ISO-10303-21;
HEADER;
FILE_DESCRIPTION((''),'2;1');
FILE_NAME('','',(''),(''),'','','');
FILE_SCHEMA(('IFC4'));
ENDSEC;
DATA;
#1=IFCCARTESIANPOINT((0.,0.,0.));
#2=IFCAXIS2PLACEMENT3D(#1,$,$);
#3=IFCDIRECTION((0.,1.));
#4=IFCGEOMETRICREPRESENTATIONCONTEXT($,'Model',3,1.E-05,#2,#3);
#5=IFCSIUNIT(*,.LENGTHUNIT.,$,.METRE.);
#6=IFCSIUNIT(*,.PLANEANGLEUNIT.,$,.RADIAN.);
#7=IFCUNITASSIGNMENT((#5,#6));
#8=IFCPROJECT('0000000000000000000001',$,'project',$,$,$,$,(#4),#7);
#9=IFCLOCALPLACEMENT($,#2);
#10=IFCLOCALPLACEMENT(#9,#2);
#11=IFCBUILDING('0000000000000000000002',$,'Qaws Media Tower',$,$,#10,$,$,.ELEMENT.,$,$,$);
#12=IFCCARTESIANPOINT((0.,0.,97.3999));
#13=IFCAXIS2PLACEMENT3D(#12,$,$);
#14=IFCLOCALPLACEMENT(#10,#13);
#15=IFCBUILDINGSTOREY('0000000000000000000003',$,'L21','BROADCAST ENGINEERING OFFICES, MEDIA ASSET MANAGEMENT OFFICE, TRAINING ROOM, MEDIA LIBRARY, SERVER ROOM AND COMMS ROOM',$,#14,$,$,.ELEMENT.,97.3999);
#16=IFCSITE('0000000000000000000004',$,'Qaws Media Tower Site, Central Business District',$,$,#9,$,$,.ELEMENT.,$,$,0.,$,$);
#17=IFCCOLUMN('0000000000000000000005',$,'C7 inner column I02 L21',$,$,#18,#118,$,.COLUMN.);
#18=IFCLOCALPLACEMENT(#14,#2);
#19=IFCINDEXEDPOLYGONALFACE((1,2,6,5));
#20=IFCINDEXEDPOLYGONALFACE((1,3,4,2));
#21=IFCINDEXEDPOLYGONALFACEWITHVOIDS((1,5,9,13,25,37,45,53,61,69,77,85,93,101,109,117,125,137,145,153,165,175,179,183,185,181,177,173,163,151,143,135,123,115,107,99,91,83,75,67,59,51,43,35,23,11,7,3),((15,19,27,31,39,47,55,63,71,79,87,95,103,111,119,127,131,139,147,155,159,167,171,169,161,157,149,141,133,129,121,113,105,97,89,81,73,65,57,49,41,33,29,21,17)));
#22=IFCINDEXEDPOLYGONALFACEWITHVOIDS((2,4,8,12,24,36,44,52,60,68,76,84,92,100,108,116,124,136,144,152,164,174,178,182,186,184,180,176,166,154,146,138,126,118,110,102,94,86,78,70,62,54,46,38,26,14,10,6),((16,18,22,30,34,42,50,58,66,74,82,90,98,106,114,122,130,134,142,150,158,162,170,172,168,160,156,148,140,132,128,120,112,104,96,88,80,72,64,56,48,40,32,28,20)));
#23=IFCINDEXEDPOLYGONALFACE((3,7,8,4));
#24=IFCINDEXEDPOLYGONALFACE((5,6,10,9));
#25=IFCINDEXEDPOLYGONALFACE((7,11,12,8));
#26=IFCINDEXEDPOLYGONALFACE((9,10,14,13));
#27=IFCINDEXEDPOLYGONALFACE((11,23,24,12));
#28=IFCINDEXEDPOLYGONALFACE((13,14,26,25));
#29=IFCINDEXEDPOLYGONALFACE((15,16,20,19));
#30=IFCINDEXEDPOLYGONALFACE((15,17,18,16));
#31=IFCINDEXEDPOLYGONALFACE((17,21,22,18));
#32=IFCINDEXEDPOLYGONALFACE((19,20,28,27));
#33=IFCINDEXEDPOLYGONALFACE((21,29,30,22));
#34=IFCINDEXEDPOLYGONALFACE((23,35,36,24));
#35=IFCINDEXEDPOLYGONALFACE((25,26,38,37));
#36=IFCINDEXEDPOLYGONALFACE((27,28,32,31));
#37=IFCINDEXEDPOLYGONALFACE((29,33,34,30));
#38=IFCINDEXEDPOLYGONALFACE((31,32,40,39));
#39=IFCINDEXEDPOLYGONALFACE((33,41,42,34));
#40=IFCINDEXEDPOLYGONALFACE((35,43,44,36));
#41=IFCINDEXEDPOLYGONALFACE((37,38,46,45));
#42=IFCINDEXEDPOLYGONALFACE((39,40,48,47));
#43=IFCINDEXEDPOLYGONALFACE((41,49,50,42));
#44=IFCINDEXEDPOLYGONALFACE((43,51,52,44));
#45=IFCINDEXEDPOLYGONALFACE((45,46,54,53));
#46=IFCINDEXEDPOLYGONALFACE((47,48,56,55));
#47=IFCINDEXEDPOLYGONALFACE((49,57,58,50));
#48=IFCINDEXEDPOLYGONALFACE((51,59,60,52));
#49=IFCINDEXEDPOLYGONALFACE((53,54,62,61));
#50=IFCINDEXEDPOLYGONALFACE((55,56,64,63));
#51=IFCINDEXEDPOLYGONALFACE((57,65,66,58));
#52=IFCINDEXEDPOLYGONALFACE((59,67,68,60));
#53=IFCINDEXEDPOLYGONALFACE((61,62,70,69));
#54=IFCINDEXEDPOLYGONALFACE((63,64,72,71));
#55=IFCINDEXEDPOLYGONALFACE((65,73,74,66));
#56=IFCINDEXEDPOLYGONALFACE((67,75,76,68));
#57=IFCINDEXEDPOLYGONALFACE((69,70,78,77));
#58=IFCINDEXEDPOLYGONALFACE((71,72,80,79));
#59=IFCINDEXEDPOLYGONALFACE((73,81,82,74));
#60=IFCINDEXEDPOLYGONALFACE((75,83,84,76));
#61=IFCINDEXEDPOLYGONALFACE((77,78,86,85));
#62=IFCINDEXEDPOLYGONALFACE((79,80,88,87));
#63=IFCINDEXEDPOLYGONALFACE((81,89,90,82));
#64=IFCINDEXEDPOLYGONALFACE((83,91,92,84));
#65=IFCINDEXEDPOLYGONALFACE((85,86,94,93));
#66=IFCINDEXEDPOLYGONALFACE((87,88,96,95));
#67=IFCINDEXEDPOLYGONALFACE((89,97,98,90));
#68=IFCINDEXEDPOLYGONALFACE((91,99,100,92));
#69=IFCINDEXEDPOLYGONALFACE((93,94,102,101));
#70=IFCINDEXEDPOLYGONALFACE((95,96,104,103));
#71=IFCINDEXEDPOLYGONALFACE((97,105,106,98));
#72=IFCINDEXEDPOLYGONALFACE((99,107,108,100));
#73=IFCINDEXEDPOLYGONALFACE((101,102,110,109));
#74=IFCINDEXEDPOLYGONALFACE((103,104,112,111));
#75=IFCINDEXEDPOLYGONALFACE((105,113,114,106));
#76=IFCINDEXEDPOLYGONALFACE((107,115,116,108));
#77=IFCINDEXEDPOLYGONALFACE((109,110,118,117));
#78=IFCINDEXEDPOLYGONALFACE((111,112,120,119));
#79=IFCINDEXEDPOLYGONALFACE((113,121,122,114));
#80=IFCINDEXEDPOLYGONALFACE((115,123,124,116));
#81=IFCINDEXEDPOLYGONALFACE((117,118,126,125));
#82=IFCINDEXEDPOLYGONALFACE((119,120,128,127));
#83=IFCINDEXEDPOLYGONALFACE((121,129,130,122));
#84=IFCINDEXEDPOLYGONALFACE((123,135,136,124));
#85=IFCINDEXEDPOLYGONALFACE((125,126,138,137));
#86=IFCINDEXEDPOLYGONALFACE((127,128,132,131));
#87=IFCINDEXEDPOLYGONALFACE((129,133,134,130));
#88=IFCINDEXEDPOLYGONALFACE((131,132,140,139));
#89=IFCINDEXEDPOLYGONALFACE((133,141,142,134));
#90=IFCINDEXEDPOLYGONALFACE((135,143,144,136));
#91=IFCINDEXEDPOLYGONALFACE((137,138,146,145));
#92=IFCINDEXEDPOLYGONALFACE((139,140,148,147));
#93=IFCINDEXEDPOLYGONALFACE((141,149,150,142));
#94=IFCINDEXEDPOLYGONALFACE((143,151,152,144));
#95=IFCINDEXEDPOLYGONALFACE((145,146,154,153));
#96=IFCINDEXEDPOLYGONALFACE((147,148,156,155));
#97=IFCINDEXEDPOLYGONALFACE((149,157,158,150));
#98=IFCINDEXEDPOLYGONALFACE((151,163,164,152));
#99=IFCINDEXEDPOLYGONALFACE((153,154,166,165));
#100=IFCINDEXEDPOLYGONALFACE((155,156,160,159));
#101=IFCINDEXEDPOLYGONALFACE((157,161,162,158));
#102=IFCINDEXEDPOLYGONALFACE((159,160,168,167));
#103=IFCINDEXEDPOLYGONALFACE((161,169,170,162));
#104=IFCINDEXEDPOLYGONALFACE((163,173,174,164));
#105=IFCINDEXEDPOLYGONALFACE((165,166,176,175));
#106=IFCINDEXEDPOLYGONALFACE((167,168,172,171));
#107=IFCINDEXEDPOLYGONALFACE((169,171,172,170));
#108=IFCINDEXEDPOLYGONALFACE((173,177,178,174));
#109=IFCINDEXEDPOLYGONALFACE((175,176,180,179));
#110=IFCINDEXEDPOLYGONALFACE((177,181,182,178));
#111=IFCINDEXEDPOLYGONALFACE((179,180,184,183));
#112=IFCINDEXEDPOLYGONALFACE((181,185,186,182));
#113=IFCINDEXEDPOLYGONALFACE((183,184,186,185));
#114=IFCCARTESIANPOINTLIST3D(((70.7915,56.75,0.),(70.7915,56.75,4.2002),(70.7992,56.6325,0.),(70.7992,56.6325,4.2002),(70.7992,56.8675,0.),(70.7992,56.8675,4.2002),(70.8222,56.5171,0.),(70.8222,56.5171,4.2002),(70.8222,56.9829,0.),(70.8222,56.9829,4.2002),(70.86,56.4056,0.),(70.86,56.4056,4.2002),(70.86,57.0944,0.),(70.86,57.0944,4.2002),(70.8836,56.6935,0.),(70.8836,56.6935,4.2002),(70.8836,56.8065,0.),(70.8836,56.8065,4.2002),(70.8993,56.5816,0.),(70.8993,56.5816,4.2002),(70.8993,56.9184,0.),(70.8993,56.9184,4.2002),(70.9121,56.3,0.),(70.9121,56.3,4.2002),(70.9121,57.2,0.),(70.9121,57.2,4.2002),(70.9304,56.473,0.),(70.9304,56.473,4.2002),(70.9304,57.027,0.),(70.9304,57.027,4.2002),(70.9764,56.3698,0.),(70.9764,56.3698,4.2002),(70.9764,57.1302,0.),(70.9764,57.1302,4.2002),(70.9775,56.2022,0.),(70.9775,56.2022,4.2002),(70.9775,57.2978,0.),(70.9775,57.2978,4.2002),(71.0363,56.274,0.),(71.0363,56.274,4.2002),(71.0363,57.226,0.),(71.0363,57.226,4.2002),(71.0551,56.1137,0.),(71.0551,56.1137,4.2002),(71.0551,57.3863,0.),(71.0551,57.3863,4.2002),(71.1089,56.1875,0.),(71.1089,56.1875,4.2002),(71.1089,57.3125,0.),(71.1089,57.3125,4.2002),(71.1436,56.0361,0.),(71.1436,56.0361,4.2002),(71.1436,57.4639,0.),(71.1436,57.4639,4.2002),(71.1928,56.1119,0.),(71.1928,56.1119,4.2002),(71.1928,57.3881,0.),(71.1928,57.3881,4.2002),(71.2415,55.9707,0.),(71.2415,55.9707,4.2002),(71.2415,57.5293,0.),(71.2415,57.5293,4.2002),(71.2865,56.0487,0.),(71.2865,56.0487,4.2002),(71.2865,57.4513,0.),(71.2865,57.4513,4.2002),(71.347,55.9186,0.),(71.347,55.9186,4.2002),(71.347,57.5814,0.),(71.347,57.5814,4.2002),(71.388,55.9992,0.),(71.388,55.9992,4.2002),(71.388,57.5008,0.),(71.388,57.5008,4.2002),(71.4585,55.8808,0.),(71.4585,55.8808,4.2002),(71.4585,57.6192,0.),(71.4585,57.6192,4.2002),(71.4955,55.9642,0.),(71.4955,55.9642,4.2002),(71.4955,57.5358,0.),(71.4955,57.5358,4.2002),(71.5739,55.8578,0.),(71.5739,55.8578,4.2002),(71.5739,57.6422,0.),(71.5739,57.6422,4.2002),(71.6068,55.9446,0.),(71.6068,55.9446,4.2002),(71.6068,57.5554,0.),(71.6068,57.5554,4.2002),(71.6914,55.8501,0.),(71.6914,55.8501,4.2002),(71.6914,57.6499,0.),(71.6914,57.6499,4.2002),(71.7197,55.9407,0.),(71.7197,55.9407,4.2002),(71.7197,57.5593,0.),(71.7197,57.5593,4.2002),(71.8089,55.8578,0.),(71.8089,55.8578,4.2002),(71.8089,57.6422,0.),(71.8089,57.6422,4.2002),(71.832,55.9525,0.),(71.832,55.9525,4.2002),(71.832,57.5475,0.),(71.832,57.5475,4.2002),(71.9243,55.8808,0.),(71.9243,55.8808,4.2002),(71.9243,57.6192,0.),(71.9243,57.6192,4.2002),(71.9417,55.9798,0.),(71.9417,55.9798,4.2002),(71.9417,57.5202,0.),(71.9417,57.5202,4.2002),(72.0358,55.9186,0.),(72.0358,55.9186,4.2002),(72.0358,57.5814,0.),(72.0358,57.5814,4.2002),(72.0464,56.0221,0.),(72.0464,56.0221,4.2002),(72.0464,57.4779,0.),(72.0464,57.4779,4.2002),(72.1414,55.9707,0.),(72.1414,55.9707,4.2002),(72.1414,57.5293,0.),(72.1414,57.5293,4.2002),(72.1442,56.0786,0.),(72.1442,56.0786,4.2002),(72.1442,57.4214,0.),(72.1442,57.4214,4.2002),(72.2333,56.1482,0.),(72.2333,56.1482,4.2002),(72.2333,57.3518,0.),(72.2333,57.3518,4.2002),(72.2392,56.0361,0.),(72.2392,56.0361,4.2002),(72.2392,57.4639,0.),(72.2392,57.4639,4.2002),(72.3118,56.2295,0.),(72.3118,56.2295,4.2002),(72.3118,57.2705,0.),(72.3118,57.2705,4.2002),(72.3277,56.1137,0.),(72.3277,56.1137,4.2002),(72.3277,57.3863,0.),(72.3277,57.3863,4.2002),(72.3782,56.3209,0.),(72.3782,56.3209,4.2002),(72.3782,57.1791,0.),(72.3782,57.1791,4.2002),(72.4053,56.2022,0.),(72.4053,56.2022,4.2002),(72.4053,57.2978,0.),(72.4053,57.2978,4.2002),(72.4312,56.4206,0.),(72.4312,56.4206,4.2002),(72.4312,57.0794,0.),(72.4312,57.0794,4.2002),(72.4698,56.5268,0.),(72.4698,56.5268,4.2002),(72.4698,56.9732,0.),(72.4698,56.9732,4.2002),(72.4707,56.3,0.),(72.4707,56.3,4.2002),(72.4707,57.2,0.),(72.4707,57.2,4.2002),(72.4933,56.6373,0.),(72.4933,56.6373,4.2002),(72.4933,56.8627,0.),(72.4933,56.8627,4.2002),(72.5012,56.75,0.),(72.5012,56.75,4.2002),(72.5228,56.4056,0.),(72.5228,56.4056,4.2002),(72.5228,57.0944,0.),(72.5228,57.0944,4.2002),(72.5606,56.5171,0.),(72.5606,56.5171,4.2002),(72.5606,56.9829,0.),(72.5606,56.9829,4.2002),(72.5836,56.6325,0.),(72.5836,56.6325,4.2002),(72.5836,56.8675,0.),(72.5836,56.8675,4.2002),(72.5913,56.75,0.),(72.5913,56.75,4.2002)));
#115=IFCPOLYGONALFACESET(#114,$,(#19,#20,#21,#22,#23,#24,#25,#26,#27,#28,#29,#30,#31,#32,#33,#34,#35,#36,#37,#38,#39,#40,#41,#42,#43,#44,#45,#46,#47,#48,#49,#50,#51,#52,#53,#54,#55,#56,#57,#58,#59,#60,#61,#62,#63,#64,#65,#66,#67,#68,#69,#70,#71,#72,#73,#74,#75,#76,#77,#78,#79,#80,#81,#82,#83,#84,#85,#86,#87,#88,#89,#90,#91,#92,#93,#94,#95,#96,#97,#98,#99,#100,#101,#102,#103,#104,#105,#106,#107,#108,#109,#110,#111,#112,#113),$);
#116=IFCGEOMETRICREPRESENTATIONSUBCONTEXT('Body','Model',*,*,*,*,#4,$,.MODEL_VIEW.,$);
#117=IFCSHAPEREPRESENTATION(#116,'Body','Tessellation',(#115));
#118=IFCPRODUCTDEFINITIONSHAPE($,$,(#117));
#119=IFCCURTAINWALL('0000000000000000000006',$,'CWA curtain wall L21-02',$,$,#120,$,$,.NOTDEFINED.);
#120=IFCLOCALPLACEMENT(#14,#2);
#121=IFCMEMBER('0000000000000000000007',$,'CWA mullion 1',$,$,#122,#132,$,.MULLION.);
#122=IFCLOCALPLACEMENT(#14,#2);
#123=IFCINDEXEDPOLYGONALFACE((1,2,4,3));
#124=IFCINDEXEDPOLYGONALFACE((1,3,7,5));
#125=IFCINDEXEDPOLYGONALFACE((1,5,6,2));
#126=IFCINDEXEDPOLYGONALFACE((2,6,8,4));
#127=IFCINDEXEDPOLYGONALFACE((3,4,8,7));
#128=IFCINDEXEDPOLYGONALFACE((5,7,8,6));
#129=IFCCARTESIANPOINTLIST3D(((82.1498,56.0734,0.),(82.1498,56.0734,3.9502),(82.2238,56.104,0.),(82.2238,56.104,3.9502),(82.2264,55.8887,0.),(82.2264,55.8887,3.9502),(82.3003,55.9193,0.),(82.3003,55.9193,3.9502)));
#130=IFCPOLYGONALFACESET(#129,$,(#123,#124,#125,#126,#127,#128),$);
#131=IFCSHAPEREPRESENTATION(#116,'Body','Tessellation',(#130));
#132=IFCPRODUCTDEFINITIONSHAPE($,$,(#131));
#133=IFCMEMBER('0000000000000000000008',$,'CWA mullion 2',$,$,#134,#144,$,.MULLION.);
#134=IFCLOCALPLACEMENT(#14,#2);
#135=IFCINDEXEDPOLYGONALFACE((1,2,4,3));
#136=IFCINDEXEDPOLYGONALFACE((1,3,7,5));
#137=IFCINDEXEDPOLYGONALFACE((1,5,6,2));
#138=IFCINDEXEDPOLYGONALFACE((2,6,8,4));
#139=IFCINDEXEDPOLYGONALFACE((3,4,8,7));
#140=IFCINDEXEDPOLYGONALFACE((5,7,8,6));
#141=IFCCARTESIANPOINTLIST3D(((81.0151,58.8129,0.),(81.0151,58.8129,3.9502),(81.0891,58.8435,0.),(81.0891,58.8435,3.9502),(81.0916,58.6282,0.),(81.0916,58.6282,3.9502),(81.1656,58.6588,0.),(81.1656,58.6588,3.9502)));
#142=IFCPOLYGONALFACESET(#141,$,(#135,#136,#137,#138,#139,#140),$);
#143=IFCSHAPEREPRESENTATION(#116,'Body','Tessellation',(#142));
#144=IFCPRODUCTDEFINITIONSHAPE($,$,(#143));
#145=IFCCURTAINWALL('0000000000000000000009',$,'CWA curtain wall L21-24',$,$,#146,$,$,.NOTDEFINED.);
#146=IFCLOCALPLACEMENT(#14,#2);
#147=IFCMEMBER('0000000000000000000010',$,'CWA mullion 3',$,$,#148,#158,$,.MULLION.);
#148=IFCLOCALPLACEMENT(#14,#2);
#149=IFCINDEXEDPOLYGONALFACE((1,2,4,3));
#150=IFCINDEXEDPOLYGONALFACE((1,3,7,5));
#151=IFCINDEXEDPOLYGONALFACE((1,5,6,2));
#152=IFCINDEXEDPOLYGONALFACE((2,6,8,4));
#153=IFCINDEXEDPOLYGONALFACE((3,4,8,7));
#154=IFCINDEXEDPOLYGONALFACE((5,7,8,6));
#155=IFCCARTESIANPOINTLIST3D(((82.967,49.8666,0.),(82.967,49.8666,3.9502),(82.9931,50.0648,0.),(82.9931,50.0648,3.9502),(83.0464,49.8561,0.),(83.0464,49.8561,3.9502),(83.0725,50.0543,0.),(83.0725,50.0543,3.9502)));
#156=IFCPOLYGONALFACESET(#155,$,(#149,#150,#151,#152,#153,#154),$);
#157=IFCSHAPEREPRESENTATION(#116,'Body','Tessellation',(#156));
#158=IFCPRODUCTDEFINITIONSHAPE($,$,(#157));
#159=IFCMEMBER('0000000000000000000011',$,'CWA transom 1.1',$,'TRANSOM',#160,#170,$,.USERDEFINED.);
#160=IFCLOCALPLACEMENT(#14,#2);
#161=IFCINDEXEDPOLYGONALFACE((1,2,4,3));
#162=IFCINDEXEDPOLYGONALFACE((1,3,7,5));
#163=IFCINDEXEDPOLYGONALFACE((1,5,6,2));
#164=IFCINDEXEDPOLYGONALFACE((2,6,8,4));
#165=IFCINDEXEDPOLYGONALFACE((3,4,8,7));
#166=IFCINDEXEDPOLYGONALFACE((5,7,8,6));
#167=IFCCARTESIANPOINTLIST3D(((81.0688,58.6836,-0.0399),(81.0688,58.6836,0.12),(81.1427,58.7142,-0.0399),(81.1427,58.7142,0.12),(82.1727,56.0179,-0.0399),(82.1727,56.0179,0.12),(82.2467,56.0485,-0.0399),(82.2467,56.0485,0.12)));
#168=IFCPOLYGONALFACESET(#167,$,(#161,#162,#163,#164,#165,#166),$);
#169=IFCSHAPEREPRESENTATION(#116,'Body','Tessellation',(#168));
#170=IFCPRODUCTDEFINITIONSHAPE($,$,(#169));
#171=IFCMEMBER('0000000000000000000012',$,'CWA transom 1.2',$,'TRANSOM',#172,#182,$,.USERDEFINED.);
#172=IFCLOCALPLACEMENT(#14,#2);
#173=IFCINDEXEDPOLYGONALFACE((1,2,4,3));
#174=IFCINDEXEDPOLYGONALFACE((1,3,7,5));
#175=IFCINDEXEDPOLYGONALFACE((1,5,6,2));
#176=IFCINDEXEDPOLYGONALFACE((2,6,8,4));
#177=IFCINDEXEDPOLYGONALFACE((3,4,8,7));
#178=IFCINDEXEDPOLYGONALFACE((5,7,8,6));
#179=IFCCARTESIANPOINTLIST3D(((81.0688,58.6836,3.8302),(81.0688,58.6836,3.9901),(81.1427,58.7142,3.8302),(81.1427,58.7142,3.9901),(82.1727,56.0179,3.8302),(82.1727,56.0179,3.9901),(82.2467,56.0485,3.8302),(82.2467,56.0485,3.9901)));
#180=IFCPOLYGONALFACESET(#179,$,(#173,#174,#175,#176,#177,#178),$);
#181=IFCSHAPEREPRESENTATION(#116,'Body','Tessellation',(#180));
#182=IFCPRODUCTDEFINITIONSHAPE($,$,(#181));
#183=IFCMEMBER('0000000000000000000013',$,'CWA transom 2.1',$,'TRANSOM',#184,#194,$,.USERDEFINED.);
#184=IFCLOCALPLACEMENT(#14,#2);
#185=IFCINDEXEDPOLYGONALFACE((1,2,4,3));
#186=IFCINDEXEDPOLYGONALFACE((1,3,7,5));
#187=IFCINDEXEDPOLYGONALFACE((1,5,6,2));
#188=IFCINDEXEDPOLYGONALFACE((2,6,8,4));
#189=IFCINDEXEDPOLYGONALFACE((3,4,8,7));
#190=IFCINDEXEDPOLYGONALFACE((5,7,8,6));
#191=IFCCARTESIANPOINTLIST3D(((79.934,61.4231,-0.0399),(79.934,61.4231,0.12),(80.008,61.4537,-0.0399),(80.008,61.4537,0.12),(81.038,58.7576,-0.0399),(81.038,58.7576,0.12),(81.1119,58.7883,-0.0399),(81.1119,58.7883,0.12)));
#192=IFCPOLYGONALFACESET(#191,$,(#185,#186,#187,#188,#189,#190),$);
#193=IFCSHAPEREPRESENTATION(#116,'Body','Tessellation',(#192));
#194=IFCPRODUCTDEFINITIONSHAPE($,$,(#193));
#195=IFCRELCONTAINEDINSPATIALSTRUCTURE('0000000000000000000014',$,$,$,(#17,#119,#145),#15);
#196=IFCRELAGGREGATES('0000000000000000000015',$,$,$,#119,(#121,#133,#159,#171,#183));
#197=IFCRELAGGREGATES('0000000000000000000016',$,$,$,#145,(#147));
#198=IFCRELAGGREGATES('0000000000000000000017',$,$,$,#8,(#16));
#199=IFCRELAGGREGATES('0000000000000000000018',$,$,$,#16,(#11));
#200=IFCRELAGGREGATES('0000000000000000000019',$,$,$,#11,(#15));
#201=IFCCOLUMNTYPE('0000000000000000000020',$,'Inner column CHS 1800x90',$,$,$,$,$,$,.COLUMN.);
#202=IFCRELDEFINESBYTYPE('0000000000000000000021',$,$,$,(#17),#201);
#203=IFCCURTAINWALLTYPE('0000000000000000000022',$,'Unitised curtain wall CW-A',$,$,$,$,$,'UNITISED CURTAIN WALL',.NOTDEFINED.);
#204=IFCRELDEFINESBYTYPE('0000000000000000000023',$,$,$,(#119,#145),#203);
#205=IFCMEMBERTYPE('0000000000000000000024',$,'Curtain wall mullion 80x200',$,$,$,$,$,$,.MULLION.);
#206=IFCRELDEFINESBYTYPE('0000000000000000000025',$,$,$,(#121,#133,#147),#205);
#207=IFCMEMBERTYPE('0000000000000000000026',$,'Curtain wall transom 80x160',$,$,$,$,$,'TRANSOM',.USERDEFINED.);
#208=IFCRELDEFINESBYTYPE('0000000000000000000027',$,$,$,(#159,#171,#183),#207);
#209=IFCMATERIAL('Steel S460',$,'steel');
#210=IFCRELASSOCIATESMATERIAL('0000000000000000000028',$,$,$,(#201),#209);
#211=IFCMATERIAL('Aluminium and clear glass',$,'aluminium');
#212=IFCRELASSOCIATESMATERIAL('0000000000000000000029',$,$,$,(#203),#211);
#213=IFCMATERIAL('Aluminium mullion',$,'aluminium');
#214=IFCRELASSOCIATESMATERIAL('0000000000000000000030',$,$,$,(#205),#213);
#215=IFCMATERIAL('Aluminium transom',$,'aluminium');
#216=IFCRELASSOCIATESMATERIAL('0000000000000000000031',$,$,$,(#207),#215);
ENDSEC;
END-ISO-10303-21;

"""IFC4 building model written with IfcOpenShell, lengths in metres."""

from ifc_helpers import new_model, si_unit, direction, frame, origin, origin_2d, place, context, subcontext, project, spatial, rectangle, hollow_circle, extrude, material, material_profile, profile_set, type_object, element, aggregate, save


model = new_model("IFC4")

# Units and contexts
model_context = context("Model", 3, precision=1e-05, world=origin(), true_north=direction((0.0, 1.0)))
body_context = subcontext(model_context, "Body", "Model", "MODEL_VIEW")
ifc_project = project(units=[si_unit("LENGTHUNIT", "METRE"), si_unit("PLANEANGLEUNIT", "RADIAN")], contexts=[model_context])

# Site, building, storey
site_placement = place(None, origin())
site = spatial("IfcSite", under=ifc_project, at=site_placement, Name="Qaws Media Tower Site, Central Business District", CompositionType="ELEMENT", RefElevation=0.0)
building_placement = place(site_placement, origin())
building = spatial("IfcBuilding", under=site, at=building_placement, Name="Qaws Media Tower", CompositionType="ELEMENT")
storey_placement = place(building_placement, frame((0.0, 0.0, 97.3999)))
storey = spatial("IfcBuildingStorey", under=building, at=storey_placement, Name="L21", Description="BROADCAST ENGINEERING OFFICES, MEDIA ASSET MANAGEMENT OFFICE, TRAINING ROOM, MEDIA LIBRARY, SERVER ROOM AND COMMS ROOM", CompositionType="ELEMENT", Elevation=97.3999)

# Column
ifc_material_1 = material(Name="Steel S460", Category="steel")
ifc_material_profile_1 = material_profile(ifc_material_1, hollow_circle(Radius=0.8999, WallThickness=0.0901, at=origin_2d()), Name="CHS 1800x90")
ifc_profile_set_1 = profile_set([ifc_material_profile_1], Name="Steel S460")
column_type = type_object("IfcColumnType", Name="Inner column CHS 1800x90", PredefinedType="COLUMN", material=ifc_profile_set_1)
for number, where, z_axis, x_axis, name in (
    (1, (71.6914, 56.75, 0.0), (0.0, 0.0, 1.0), (1.0, 0.0, 0.0), "C7 inner column I02 L21"),
):
    element("IfcColumn", number, at=place(storey_placement, frame(where, z_axis=z_axis, x_axis=x_axis)), inside=storey, type_object=column_type, Name=name, PredefinedType="COLUMN", context=body_context, shape_type="SweptSolid", body=[
        extrude(hollow_circle(Radius=0.8999, WallThickness=0.0901, at=origin_2d()), origin(), (0.0, 0.0, 1.0), 4.2002),
    ])

# Curtain wall, members
ifc_material_2 = material(Name="Aluminium and clear glass", Category="aluminium")
curtain_wall_type = type_object("IfcCurtainWallType", Name="Unitised curtain wall CW-A", ElementType="UNITISED CURTAIN WALL", PredefinedType="NOTDEFINED", material=ifc_material_2)
curtain_wall_1_placement = place(storey_placement, origin())
curtain_wall_1 = element("IfcCurtainWall", 2, at=curtain_wall_1_placement, inside=storey, type_object=curtain_wall_type, Name="CWA curtain wall L21-02", PredefinedType="NOTDEFINED")
ifc_material_3 = material(Name="Aluminium mullion", Category="aluminium")
ifc_material_profile_2 = material_profile(ifc_material_3, rectangle(XDim=0.0801, YDim=0.2, at=origin_2d()), Name="80x200")
ifc_profile_set_2 = profile_set([ifc_material_profile_2], Name="Aluminium mullion")
member_type_1 = type_object("IfcMemberType", Name="Curtain wall mullion 80x200", PredefinedType="MULLION", material=ifc_profile_set_2)
member_1_placement = place(storey_placement, frame((82.2251, 55.9963, 0.0), z_axis=(0.0, 0.0, 1.0), x_axis=(-0.92388, -0.382683, 0.0)))
member_1 = element("IfcMember", 3, at=member_1_placement, type_object=member_type_1, Name="CWA mullion 1", PredefinedType="MULLION", context=body_context, shape_type="SweptSolid", body=[
    extrude(rectangle(XDim=0.0801, YDim=0.2, at=origin_2d()), origin(), (0.0, 0.0, 1.0), 3.9502),
])
member_2_placement = place(storey_placement, frame((81.0903, 58.7358, 0.0), z_axis=(0.0, 0.0, 1.0), x_axis=(-0.92388, -0.382683, 0.0)))
member_2 = element("IfcMember", 4, at=member_2_placement, type_object=member_type_1, Name="CWA mullion 2", PredefinedType="MULLION", context=body_context, shape_type="SweptSolid", body=[
    extrude(rectangle(XDim=0.0801, YDim=0.2, at=origin_2d()), origin(), (0.0, 0.0, 1.0), 3.9502),
])

# Curtain wall, member
curtain_wall_2_placement = place(storey_placement, origin())
curtain_wall_2 = element("IfcCurtainWall", 5, at=curtain_wall_2_placement, inside=storey, type_object=curtain_wall_type, Name="CWA curtain wall L21-24", PredefinedType="NOTDEFINED")
member_3_placement = place(storey_placement, frame((83.0198, 49.9604, 0.0), z_axis=(0.0, 0.0, 1.0), x_axis=(-0.991445, 0.130526, 0.0)))
member_3 = element("IfcMember", 6, at=member_3_placement, type_object=member_type_1, Name="CWA mullion 3", PredefinedType="MULLION", context=body_context, shape_type="SweptSolid", body=[
    extrude(rectangle(XDim=0.0801, YDim=0.2, at=origin_2d()), origin(), (0.0, 0.0, 1.0), 3.9502),
])

# Members
ifc_material_4 = material(Name="Aluminium transom", Category="aluminium")
ifc_material_profile_3 = material_profile(ifc_material_4, rectangle(XDim=0.0801, YDim=0.1599, at=origin_2d()), Name="80x160")
ifc_profile_set_3 = profile_set([ifc_material_profile_3], Name="Aluminium transom")
member_type_2 = type_object("IfcMemberType", Name="Curtain wall transom 80x160", ElementType="TRANSOM", PredefinedType="USERDEFINED", material=ifc_profile_set_3)
member_4_placement = place(storey_placement, frame((82.2097, 56.0332, 0.04), z_axis=(-0.382626, 0.923903, 0.0), x_axis=(-0.923903, -0.382626, 0.0)))
member_4 = element("IfcMember", 7, at=member_4_placement, type_object=member_type_2, Name="CWA transom 1.1", ObjectType="TRANSOM", PredefinedType="USERDEFINED", context=body_context, shape_type="SweptSolid", body=[
    extrude(rectangle(XDim=0.0801, YDim=0.1599, at=origin_2d()), origin(), (0.0, 0.0, 1.0), 2.8853),
])
member_5_placement = place(storey_placement, frame((82.2097, 56.0332, 3.9102), z_axis=(-0.382626, 0.923903, 0.0), x_axis=(-0.923903, -0.382626, 0.0)))
member_5 = element("IfcMember", 8, at=member_5_placement, type_object=member_type_2, Name="CWA transom 1.2", ObjectType="TRANSOM", PredefinedType="USERDEFINED", context=body_context, shape_type="SweptSolid", body=[
    extrude(rectangle(XDim=0.0801, YDim=0.1599, at=origin_2d()), origin(), (0.0, 0.0, 1.0), 2.8853),
])
member_6_placement = place(storey_placement, frame((81.075, 58.7729, 0.04), z_axis=(-0.382656, 0.923891, 0.0), x_axis=(-0.923891, -0.382656, 0.0)))
member_6 = element("IfcMember", 9, at=member_6_placement, type_object=member_type_2, Name="CWA transom 2.1", ObjectType="TRANSOM", PredefinedType="USERDEFINED", context=body_context, shape_type="SweptSolid", body=[
    extrude(rectangle(XDim=0.0801, YDim=0.1599, at=origin_2d()), origin(), (0.0, 0.0, 1.0), 2.885),
])

aggregate(curtain_wall_1, [member_1, member_2, member_4, member_5, member_6])
aggregate(curtain_wall_2, [member_3])

save(model, "model.ifc")
